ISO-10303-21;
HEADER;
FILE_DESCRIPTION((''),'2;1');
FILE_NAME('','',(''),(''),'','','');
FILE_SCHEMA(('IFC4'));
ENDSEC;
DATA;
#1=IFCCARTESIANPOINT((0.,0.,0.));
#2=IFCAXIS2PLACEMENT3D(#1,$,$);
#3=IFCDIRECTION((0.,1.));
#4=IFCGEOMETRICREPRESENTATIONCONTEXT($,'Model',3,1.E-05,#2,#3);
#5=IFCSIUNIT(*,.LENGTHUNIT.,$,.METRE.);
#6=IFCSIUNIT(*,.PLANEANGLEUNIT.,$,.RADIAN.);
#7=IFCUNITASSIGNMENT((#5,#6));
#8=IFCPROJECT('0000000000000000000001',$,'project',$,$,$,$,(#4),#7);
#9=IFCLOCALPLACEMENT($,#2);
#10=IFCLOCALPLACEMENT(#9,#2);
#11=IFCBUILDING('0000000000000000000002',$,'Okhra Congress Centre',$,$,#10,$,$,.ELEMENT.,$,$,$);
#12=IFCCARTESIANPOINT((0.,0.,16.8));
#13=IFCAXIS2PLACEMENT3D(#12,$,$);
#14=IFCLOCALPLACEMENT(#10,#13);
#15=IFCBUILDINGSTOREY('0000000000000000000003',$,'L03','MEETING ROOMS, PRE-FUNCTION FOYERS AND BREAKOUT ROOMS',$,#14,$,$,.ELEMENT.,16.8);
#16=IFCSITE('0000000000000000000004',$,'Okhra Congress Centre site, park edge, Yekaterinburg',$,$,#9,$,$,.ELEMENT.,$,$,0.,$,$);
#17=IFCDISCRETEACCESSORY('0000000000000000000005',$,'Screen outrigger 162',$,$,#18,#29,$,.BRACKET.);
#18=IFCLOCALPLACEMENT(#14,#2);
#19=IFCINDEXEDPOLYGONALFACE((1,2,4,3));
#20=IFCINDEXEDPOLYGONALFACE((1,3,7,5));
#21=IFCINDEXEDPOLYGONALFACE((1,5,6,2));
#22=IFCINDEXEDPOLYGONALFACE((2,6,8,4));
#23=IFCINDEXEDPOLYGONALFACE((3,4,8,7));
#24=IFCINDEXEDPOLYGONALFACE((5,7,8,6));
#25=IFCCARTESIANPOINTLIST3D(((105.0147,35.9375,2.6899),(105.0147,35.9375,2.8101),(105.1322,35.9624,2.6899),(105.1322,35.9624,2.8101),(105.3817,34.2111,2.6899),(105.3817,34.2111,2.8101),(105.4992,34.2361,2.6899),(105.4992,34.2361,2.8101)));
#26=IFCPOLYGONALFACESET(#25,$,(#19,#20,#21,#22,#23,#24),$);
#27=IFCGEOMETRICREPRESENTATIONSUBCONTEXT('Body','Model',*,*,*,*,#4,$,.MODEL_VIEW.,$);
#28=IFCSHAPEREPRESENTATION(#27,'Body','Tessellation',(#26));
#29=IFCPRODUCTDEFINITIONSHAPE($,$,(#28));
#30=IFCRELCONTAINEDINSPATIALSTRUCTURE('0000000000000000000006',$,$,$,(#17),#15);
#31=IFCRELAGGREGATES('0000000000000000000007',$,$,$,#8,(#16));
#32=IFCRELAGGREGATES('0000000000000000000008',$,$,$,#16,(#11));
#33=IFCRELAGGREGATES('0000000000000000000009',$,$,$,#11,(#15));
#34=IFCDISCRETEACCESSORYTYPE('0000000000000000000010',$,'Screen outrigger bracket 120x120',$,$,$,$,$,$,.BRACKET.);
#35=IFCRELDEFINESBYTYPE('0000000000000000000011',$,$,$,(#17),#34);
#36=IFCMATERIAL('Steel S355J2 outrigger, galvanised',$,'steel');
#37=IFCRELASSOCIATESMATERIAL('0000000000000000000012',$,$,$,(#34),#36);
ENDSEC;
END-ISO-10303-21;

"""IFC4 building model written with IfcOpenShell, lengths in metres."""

from ifc_helpers import new_model, si_unit, direction, frame, origin, origin_2d, place, context, subcontext, project, spatial, rectangle, extrude, material, material_profile, profile_set, type_object, element, save


model = new_model("IFC4")

# Units and contexts
model_context = context("Model", 3, precision=1e-05, world=origin(), true_north=direction((0.0, 1.0)))
body_context = subcontext(model_context, "Body", "Model", "MODEL_VIEW")
ifc_project = project(units=[si_unit("LENGTHUNIT", "METRE"), si_unit("PLANEANGLEUNIT", "RADIAN")], contexts=[model_context])

# Site, building, storey
site_placement = place(None, origin())
site = spatial("IfcSite", under=ifc_project, at=site_placement, Name="Okhra Congress Centre site, park edge, Yekaterinburg", CompositionType="ELEMENT", RefElevation=0.0)
building_placement = place(site_placement, origin())
building = spatial("IfcBuilding", under=site, at=building_placement, Name="Okhra Congress Centre", CompositionType="ELEMENT")
storey_placement = place(building_placement, frame((0.0, 0.0, 16.8)))
storey = spatial("IfcBuildingStorey", under=building, at=storey_placement, Name="L03", Description="MEETING ROOMS, PRE-FUNCTION FOYERS AND BREAKOUT ROOMS", CompositionType="ELEMENT", Elevation=16.8)

# Discrete accessory
ifc_material_1 = material(Name="Steel S355J2 outrigger, galvanised", Category="steel")
ifc_material_profile_1 = material_profile(ifc_material_1, rectangle(XDim=0.1201, YDim=0.1201, at=origin_2d()), Name="Screen outrigger bracket 120x120")
ifc_profile_set_1 = profile_set([ifc_material_profile_1], Name="Steel S355J2 outrigger, galvanised")
discrete_accessory_type = type_object("IfcDiscreteAccessoryType", Name="Screen outrigger bracket 120x120", PredefinedType="BRACKET", material=ifc_profile_set_1)
for number, where, z_axis, x_axis, name in (
    (1, (105.0735, 35.95, 2.75), (0.207913, -0.978147, 0.0), (0.978147, 0.207913, 0.0), "Screen outrigger 162"),
):
    element("IfcDiscreteAccessory", number, at=place(storey_placement, frame(where, z_axis=z_axis, x_axis=x_axis)), inside=storey, type_object=discrete_accessory_type, Name=name, PredefinedType="BRACKET", context=body_context, shape_type="SweptSolid", body=[
        extrude(rectangle(XDim=0.1201, YDim=0.1201, at=origin_2d()), origin(), (0.0, 0.0, 1.0), 1.7649),
    ])

save(model, "model.ifc")
